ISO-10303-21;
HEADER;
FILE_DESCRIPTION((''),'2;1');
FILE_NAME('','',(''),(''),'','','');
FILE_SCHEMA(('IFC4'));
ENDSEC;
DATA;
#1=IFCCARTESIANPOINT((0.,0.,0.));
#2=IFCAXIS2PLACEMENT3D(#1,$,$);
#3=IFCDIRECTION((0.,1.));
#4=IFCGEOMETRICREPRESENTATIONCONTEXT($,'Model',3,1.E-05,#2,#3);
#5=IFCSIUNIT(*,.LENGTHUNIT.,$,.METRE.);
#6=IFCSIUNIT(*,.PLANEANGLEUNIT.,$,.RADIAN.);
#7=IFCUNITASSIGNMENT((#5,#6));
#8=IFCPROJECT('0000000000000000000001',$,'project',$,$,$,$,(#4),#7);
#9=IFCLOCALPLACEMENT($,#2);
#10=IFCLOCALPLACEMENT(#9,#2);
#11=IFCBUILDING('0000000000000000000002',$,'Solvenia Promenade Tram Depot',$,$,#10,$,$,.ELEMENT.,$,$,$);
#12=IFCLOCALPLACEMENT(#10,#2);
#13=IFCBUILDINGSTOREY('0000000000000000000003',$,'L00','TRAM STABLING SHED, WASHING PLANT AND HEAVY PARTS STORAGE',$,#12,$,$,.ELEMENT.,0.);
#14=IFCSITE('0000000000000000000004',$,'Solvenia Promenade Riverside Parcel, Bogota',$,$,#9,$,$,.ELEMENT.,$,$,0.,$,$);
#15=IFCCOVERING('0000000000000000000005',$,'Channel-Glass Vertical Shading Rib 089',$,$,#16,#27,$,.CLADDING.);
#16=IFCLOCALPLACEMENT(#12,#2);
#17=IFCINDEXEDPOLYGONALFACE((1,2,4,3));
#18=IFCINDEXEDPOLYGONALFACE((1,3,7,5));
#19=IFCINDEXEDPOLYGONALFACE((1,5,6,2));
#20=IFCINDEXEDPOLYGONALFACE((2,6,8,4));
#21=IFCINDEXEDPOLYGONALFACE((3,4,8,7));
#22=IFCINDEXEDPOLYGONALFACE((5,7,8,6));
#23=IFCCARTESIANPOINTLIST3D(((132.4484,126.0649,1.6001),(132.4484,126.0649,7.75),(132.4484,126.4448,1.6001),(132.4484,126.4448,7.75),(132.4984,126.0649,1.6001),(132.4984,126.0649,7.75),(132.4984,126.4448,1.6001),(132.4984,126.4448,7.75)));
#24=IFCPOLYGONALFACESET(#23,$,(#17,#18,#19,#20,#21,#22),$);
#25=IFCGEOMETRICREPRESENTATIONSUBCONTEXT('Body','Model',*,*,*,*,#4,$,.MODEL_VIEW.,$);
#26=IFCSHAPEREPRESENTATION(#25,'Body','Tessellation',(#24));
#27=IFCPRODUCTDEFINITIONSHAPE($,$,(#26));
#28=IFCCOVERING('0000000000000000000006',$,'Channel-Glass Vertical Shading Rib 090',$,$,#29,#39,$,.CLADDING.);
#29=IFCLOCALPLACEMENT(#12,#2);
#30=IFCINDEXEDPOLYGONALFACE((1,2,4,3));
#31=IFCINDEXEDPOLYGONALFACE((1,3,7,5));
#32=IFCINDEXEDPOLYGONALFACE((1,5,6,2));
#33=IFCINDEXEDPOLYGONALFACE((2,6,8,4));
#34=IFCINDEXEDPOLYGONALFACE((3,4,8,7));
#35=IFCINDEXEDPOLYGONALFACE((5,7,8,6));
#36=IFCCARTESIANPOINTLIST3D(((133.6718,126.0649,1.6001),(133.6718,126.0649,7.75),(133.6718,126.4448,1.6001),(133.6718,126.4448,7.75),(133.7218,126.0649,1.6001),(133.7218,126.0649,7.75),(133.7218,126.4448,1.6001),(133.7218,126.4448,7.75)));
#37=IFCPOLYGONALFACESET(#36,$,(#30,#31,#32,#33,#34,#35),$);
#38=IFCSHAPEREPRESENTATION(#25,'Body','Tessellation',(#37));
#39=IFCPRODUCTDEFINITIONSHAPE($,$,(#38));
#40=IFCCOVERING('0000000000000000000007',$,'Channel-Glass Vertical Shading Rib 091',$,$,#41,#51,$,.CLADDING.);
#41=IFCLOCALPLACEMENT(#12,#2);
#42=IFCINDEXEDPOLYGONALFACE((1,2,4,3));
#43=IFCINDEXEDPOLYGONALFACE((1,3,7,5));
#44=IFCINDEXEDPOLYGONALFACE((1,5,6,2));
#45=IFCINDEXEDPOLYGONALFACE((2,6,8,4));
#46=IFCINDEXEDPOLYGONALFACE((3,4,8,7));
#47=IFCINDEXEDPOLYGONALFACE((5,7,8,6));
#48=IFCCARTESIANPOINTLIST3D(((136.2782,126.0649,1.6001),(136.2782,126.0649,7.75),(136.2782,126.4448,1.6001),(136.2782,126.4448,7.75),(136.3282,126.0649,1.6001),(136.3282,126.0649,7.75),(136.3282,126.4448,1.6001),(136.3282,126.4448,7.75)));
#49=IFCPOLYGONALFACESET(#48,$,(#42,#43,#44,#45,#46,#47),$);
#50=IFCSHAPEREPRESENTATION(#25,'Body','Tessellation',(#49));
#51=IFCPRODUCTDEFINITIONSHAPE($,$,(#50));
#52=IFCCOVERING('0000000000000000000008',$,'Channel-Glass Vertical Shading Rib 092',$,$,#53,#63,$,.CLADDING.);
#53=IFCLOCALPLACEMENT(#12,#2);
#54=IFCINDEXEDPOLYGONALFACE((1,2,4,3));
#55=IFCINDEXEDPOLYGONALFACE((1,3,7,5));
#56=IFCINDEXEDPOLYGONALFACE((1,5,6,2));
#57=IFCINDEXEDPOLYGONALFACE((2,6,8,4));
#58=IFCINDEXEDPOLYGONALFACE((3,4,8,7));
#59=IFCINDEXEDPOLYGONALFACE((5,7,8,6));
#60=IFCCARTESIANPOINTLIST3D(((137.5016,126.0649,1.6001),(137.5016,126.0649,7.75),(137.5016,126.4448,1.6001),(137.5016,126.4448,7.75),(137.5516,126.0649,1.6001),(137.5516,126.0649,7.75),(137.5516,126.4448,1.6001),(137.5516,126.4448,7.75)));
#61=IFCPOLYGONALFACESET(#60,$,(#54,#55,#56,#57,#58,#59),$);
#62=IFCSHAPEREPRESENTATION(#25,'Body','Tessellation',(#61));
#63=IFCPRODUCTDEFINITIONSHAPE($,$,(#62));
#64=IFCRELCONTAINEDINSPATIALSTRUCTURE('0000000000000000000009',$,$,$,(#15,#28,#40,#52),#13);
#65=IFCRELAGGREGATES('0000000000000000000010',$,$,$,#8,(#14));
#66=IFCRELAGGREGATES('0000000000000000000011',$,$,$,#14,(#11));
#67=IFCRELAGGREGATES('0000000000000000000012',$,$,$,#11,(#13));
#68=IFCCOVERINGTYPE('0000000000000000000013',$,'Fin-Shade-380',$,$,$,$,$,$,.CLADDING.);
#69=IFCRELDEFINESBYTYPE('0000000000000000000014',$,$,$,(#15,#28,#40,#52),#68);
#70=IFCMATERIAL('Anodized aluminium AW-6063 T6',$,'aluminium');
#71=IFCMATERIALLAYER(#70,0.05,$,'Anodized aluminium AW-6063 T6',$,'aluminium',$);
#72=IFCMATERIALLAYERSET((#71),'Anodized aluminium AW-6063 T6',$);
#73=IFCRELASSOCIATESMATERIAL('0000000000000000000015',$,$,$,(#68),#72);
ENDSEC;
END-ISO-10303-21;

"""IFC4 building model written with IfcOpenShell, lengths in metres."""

from ifc_helpers import new_model, si_unit, direction, frame, origin, origin_2d, place, context, subcontext, project, spatial, rectangle, extrude, material, layer, layer_set, type_object, element, save


model = new_model("IFC4")

# Units and contexts
model_context = context("Model", 3, precision=1e-05, world=origin(), true_north=direction((0.0, 1.0)))
body_context = subcontext(model_context, "Body", "Model", "MODEL_VIEW")
ifc_project = project(units=[si_unit("LENGTHUNIT", "METRE"), si_unit("PLANEANGLEUNIT", "RADIAN")], contexts=[model_context])

# Site, building, storey
site_placement = place(None, origin())
site = spatial("IfcSite", under=ifc_project, at=site_placement, Name="Solvenia Promenade Riverside Parcel, Bogota", CompositionType="ELEMENT", RefElevation=0.0)
building_placement = place(site_placement, origin())
building = spatial("IfcBuilding", under=site, at=building_placement, Name="Solvenia Promenade Tram Depot", CompositionType="ELEMENT")
storey_placement = place(building_placement, origin())
storey = spatial("IfcBuildingStorey", under=building, at=storey_placement, Name="L00", Description="TRAM STABLING SHED, WASHING PLANT AND HEAVY PARTS STORAGE", CompositionType="ELEMENT", Elevation=0.0)

# Shared definitions
ifc_material_1 = material(Name="Anodized aluminium AW-6063 T6", Category="aluminium")

# Coverings
ifc_layer_1 = layer(ifc_material_1, 0.05, Name="Anodized aluminium AW-6063 T6", Category="aluminium")
ifc_layer_set_1 = layer_set([ifc_layer_1], Name="Anodized aluminium AW-6063 T6")
covering_type = type_object("IfcCoveringType", Name="Fin-Shade-380", PredefinedType="CLADDING", material=ifc_layer_set_1)
for number, where, z_axis, x_axis, name in (
    (1, (132.4734, 126.2549, 1.6001), (0.0, 0.0, 1.0), (1.0, 0.0, 0.0), "Channel-Glass Vertical Shading Rib 089"),
    (2, (133.6968, 126.2549, 1.6001), (0.0, 0.0, 1.0), (1.0, 0.0, 0.0), "Channel-Glass Vertical Shading Rib 090"),
    (3, (136.3032, 126.2549, 1.6001), (0.0, 0.0, 1.0), (1.0, 0.0, 0.0), "Channel-Glass Vertical Shading Rib 091"),
    (4, (137.5266, 126.2549, 1.6001), (0.0, 0.0, 1.0), (1.0, 0.0, 0.0), "Channel-Glass Vertical Shading Rib 092"),
):
    element("IfcCovering", number, at=place(storey_placement, frame(where, z_axis=z_axis, x_axis=x_axis)), inside=storey, type_object=covering_type, Name=name, PredefinedType="CLADDING", context=body_context, shape_type="SweptSolid", body=[
        extrude(rectangle(XDim=0.05, YDim=0.3799, at=origin_2d()), origin(), (0.0, 0.0, 1.0), 6.1499),
    ])

save(model, "model.ifc")
